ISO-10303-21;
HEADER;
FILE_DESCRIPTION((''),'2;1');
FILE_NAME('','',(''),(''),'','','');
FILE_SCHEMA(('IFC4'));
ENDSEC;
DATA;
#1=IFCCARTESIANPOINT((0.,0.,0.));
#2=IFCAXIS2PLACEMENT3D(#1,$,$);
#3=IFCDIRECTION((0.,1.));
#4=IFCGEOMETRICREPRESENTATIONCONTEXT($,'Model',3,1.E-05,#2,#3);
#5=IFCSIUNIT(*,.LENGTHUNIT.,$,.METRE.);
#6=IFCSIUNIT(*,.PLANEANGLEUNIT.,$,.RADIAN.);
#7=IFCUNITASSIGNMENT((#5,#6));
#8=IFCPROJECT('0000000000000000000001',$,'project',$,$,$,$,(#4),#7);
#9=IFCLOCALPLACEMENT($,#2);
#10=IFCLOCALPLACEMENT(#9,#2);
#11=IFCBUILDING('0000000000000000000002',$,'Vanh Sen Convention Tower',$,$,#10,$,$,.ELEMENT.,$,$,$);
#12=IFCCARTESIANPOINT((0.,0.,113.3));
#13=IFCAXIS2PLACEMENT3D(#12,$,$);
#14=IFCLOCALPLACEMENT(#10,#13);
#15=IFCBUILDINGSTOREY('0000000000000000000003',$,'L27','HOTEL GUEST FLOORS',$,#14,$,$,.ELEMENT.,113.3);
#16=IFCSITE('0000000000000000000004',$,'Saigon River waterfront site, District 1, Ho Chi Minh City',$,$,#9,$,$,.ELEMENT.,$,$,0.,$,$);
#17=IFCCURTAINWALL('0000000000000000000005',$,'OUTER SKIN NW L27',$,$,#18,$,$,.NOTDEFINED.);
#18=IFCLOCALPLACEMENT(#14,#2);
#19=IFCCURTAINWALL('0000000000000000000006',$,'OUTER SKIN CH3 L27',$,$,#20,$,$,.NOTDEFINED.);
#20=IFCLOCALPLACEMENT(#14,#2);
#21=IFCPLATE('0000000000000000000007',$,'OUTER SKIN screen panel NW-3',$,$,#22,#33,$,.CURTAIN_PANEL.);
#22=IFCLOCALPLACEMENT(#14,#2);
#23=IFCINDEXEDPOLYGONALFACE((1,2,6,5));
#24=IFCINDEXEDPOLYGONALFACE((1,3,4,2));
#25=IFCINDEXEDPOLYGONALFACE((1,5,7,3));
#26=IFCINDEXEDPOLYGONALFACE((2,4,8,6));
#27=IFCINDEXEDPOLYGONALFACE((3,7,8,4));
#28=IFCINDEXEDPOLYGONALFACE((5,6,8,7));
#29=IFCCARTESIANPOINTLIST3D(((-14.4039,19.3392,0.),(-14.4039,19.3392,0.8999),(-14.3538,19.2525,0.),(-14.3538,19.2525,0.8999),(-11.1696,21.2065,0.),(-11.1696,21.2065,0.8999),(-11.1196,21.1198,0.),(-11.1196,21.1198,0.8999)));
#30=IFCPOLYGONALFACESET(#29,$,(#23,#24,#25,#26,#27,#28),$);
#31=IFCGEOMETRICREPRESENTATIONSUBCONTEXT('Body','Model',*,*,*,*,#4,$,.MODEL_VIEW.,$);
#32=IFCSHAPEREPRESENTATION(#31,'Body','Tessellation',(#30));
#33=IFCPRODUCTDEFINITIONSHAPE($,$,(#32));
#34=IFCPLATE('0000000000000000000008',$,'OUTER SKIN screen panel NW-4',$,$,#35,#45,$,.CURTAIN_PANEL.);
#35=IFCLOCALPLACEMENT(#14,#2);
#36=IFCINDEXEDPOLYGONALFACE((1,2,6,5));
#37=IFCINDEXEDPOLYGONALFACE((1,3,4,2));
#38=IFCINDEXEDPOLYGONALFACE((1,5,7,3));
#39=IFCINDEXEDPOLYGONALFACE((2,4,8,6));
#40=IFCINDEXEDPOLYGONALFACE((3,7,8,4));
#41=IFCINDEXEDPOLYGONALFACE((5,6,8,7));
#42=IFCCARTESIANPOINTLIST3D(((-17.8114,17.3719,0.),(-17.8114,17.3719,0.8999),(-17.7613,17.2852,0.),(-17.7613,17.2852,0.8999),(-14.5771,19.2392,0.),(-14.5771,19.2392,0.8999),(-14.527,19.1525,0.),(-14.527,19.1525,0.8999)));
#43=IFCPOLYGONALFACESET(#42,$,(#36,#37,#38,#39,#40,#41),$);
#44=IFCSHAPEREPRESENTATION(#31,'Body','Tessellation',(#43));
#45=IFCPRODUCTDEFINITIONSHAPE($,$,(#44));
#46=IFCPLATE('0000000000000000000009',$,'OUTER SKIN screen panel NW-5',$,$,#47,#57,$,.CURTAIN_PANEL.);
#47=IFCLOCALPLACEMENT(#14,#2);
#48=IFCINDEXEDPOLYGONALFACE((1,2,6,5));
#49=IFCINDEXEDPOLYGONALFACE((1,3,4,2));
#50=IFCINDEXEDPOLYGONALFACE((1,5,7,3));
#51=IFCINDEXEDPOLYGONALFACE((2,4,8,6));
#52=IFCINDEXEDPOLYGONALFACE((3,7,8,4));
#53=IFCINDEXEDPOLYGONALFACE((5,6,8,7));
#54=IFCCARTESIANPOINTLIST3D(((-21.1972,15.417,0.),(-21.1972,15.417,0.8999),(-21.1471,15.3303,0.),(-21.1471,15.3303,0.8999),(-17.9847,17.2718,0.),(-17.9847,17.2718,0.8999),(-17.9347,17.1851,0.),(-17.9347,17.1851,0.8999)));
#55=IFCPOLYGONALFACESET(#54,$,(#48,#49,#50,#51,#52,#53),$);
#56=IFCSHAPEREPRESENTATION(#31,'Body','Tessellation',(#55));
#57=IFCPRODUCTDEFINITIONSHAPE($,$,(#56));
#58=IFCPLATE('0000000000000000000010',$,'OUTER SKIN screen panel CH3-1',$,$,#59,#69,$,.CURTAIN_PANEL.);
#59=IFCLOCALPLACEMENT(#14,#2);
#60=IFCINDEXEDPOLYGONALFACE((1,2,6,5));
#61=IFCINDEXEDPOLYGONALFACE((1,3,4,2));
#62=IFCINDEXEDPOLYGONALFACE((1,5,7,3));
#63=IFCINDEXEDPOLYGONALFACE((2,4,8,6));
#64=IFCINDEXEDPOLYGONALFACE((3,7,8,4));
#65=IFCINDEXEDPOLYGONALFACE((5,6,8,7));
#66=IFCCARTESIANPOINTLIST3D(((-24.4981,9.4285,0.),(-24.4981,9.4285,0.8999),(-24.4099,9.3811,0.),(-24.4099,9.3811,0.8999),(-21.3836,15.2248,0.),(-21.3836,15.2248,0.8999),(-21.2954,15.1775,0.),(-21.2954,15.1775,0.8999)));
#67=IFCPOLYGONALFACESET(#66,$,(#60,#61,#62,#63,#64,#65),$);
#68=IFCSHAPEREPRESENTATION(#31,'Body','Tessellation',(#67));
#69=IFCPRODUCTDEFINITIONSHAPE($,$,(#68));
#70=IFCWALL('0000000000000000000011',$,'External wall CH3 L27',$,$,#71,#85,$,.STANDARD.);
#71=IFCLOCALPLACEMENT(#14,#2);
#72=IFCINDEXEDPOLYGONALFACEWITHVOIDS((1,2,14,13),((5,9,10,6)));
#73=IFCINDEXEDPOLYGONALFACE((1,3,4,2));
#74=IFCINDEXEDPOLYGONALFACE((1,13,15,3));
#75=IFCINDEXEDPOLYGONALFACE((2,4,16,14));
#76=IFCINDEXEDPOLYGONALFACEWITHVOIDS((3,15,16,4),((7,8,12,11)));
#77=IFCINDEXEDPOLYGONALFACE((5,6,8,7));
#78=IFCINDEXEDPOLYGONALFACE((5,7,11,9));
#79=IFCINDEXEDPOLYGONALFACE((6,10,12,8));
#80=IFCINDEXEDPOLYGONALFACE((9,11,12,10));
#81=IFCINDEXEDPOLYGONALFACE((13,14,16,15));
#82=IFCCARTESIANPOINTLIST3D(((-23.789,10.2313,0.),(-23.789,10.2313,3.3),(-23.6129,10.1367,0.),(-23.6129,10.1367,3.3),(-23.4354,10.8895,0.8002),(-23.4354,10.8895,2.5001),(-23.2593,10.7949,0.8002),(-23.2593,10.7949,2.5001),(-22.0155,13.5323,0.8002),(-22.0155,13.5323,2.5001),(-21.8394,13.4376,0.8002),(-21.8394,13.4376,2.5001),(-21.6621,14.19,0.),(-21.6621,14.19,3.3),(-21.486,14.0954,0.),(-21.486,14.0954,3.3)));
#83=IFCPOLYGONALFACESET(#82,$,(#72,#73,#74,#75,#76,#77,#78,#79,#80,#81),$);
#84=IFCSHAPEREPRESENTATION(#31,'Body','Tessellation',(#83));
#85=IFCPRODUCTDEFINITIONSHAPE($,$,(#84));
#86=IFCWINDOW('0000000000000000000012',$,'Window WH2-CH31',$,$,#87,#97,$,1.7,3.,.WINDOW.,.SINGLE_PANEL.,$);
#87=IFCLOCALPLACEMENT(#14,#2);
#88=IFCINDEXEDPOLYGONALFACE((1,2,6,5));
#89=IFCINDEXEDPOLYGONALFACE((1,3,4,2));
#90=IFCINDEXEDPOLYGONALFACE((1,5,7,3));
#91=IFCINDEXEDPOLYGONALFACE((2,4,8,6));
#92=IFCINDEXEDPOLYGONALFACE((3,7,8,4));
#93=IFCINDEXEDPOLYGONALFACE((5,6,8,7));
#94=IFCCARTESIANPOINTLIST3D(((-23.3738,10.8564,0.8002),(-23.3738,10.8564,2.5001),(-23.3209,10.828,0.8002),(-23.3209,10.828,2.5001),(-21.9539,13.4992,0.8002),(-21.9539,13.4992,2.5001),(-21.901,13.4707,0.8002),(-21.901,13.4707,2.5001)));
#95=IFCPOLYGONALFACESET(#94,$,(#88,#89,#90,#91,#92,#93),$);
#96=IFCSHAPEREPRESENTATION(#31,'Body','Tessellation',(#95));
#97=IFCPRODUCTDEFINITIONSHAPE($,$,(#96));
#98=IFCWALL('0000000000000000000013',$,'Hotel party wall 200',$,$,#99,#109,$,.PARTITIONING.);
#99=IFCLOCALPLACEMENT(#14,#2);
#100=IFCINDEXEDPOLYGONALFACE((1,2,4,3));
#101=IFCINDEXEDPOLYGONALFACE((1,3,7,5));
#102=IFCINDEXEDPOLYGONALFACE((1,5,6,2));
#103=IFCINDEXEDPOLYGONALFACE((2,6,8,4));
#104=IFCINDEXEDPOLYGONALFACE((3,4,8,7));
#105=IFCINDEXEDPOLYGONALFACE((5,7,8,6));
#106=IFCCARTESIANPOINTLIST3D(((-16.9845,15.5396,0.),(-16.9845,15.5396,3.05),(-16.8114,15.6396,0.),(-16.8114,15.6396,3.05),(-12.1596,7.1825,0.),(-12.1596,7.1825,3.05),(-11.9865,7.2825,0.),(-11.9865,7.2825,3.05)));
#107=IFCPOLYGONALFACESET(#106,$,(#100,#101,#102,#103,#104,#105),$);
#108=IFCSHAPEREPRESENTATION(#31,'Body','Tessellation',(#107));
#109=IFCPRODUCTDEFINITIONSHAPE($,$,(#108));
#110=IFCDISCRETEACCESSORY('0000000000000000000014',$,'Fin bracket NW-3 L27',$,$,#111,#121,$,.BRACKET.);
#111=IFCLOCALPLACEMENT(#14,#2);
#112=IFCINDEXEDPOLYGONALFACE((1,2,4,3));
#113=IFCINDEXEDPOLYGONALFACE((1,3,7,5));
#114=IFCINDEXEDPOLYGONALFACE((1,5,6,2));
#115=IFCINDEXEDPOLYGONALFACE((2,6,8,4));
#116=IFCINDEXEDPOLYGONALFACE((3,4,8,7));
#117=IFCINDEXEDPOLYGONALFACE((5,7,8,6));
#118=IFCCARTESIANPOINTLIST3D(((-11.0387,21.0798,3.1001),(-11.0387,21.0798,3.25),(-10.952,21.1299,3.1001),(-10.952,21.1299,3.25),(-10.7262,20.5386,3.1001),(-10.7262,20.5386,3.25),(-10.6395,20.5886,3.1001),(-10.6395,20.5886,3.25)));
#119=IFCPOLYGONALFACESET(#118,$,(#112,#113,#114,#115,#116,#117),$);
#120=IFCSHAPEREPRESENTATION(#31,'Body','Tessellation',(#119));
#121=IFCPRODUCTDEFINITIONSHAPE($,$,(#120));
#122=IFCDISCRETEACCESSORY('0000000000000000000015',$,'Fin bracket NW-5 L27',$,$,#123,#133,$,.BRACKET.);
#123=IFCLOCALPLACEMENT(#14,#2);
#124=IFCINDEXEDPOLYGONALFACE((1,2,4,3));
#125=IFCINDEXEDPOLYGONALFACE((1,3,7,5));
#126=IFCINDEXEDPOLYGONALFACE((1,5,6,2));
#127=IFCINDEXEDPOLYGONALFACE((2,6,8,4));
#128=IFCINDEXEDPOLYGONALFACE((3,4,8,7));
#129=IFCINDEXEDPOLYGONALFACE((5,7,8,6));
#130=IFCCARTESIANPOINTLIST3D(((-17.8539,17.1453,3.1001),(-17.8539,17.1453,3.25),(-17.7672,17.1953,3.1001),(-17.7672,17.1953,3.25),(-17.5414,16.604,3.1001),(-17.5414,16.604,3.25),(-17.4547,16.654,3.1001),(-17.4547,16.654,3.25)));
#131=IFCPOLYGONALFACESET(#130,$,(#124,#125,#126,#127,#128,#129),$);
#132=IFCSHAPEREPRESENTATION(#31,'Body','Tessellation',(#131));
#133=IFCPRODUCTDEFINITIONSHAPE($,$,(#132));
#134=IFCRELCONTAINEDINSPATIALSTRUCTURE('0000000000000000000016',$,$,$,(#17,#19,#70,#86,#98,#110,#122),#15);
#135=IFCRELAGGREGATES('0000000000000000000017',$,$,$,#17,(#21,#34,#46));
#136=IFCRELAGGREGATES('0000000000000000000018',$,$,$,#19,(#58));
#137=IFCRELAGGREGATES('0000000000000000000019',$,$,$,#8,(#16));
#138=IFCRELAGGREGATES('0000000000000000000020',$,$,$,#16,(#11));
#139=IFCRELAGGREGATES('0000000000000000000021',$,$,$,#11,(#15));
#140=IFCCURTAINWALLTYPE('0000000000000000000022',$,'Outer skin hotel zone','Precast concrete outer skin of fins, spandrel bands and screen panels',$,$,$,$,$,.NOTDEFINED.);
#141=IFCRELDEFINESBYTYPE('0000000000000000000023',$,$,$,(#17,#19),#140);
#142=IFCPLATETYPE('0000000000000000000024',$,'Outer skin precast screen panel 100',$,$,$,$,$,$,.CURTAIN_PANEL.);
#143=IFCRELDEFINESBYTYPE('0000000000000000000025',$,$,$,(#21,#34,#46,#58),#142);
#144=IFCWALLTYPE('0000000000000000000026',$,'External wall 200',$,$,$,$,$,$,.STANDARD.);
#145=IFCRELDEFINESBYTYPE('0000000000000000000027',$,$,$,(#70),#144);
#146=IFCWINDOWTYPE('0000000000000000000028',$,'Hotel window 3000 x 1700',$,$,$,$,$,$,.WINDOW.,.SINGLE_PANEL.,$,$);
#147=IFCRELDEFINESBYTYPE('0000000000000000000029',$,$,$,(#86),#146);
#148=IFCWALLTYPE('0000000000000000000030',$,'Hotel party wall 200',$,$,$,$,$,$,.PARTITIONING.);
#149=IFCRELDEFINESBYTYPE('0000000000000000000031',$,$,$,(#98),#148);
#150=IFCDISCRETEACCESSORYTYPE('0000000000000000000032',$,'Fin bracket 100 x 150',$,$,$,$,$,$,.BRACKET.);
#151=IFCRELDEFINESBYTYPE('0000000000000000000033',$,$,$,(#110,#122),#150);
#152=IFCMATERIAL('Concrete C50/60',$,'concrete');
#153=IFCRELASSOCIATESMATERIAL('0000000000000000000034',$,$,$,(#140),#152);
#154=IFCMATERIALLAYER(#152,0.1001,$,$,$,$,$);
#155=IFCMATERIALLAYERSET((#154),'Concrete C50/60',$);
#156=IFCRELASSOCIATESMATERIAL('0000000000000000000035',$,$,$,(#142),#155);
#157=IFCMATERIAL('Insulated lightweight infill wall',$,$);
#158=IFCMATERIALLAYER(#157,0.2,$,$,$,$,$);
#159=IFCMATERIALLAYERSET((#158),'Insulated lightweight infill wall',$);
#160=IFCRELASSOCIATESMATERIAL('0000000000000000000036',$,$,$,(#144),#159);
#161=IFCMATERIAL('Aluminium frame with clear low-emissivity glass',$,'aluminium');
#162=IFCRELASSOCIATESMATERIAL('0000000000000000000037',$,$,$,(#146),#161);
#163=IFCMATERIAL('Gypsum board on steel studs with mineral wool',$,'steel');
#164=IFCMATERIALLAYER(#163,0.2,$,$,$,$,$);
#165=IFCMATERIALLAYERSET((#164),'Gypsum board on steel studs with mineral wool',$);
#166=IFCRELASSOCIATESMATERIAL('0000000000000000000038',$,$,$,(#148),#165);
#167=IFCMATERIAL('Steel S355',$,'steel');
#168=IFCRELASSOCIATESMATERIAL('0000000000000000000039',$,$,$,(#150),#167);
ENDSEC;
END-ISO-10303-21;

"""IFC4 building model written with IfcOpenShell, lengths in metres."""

from ifc_helpers import new_model, si_unit, direction, frame, frame_2d, origin, origin_2d, place, context, subcontext, project, spatial, rectangle, extrude, material, layer, layer_set, type_object, element, fill, aggregate, save


model = new_model("IFC4")

# Units and contexts
model_context = context("Model", 3, precision=1e-05, world=origin(), true_north=direction((0.0, 1.0)))
body_context = subcontext(model_context, "Body", "Model", "MODEL_VIEW")
ifc_project = project(units=[si_unit("LENGTHUNIT", "METRE"), si_unit("PLANEANGLEUNIT", "RADIAN")], contexts=[model_context])

# Site, building, storey
site_placement = place(None, origin())
site = spatial("IfcSite", under=ifc_project, at=site_placement, Name="Saigon River waterfront site, District 1, Ho Chi Minh City", CompositionType="ELEMENT", RefElevation=0.0)
building_placement = place(site_placement, origin())
building = spatial("IfcBuilding", under=site, at=building_placement, Name="Vanh Sen Convention Tower", CompositionType="ELEMENT")
storey_placement = place(building_placement, frame((0.0, 0.0, 113.3)))
storey = spatial("IfcBuildingStorey", under=building, at=storey_placement, Name="L27", Description="HOTEL GUEST FLOORS", CompositionType="ELEMENT", Elevation=113.3)

# Curtain wall
ifc_material_1 = material(Name="Concrete C50/60", Category="concrete")
curtain_wall_type = type_object("IfcCurtainWallType", Name="Outer skin hotel zone", Description="Precast concrete outer skin of fins, spandrel bands and screen panels", PredefinedType="NOTDEFINED", material=ifc_material_1)
curtain_wall_1_placement = place(storey_placement, origin())
curtain_wall_1 = element("IfcCurtainWall", 1, at=curtain_wall_1_placement, inside=storey, type_object=curtain_wall_type, Name="OUTER SKIN NW L27", PredefinedType="NOTDEFINED")

# Curtain wall
curtain_wall_2_placement = place(storey_placement, origin())
curtain_wall_2 = element("IfcCurtainWall", 2, at=curtain_wall_2_placement, inside=storey, type_object=curtain_wall_type, Name="OUTER SKIN CH3 L27", PredefinedType="NOTDEFINED")

# Plates
ifc_layer_1 = layer(ifc_material_1, 0.1001)
ifc_layer_set_1 = layer_set([ifc_layer_1], Name="Concrete C50/60")
plate_type = type_object("IfcPlateType", Name="Outer skin precast screen panel 100", PredefinedType="CURTAIN_PANEL", material=ifc_layer_set_1)
plate_1_placement = place(storey_placement, frame((-12.7617, 20.2295, 0.0), z_axis=(0.0, 0.0, 1.0), x_axis=(-0.866028, -0.499995, 0.0)))
plate_1 = element("IfcPlate", 3, at=plate_1_placement, type_object=plate_type, Name="OUTER SKIN screen panel NW-3", PredefinedType="CURTAIN_PANEL", context=body_context, shape_type="SweptSolid", body=[
    extrude(rectangle(XDim=3.7346, YDim=0.1001, at=origin_2d()), origin(), (0.0, 0.0, 1.0), 0.8999),
])
plate_2_placement = place(storey_placement, frame((-16.1692, 18.2622, 0.0), z_axis=(0.0, 0.0, 1.0), x_axis=(-0.866028, -0.499995, 0.0)))
plate_2 = element("IfcPlate", 4, at=plate_2_placement, type_object=plate_type, Name="OUTER SKIN screen panel NW-4", PredefinedType="CURTAIN_PANEL", context=body_context, shape_type="SweptSolid", body=[
    extrude(rectangle(XDim=3.7346, YDim=0.1001, at=origin_2d()), origin(), (0.0, 0.0, 1.0), 0.8999),
])
plate_3_placement = place(storey_placement, frame((-19.5659, 16.301, 0.0), z_axis=(0.0, 0.0, 1.0), x_axis=(-0.866021, -0.500008, 0.0)))
plate_3 = element("IfcPlate", 5, at=plate_3_placement, type_object=plate_type, Name="OUTER SKIN screen panel NW-5", PredefinedType="CURTAIN_PANEL", context=body_context, shape_type="SweptSolid", body=[
    extrude(rectangle(XDim=3.7095, YDim=0.1001, at=origin_2d()), origin(), (0.0, 0.0, 1.0), 0.8999),
])
aggregate(curtain_wall_1, [plate_1, plate_2, plate_3])
plate_4_placement = place(storey_placement, frame((-22.8967, 12.303, 0.0), z_axis=(0.0, 0.0, 1.0), x_axis=(-0.473318, -0.880892, 0.0)))
plate_4 = element("IfcPlate", 6, at=plate_4_placement, type_object=plate_type, Name="OUTER SKIN screen panel CH3-1", PredefinedType="CURTAIN_PANEL", context=body_context, shape_type="SweptSolid", body=[
    extrude(rectangle(XDim=6.5801, YDim=0.1001, at=origin_2d()), origin(), (0.0, 0.0, 1.0), 0.8999),
])
aggregate(curtain_wall_2, [plate_4])

# Wall, opening, window
ifc_material_2 = material(Name="Insulated lightweight infill wall")
ifc_layer_2 = layer(ifc_material_2, 0.2)
ifc_layer_set_2 = layer_set([ifc_layer_2], Name="Insulated lightweight infill wall")
wall_type_1 = type_object("IfcWallType", Name="External wall 200", PredefinedType="STANDARD", material=ifc_layer_set_2)
wall_1_placement = place(storey_placement, frame((-21.574, 14.1428, 0.0), z_axis=(0.0, 0.0, 1.0), x_axis=(-0.473293, -0.880905, 0.0)))
wall_1 = element("IfcWall", 7, at=wall_1_placement, inside=storey, type_object=wall_type_1, Name="External wall CH3 L27", PredefinedType="STANDARD", context=body_context, shape_type="SweptSolid", body=[
    extrude(rectangle(XDim=4.4939, YDim=0.2, at=frame_2d((2.2471, 0.0))), origin(), (0.0, 0.0, 1.0), 3.3),
])
opening_placement = place(wall_1_placement, frame((0.7468, 0.0, 0.8)))
opening = element("IfcOpeningElement", 8, at=opening_placement, cuts=wall_1, PredefinedType="OPENING", context=body_context, shape_type="SweptSolid", body=[
    extrude(rectangle(XDim=3.0, YDim=1.7, at=frame_2d((1.5, 0.8501))), frame((0.0, 0.1099, 0.0), z_axis=(0.0, -1.0, 0.0), x_axis=(1.0, 0.0, 0.0)), (0.0, 0.0, 1.0), 0.22),
])
ifc_material_3 = material(Name="Aluminium frame with clear low-emissivity glass", Category="aluminium")
window_type = type_object("IfcWindowType", Name="Hotel window 3000 x 1700", PartitioningType="SINGLE_PANEL", PredefinedType="WINDOW", material=ifc_material_3)
window_placement = place(opening_placement, origin())
window = element("IfcWindow", 9, at=window_placement, inside=storey, type_object=window_type, Name="Window WH2-CH31", OverallHeight=1.7, OverallWidth=3.0, PartitioningType="SINGLE_PANEL", PredefinedType="WINDOW", context=body_context, shape_type="SweptSolid", body=[
    extrude(rectangle(XDim=3.0, YDim=1.7, at=frame_2d((1.5, 0.8501))), frame((0.0, 0.03, 0.0), z_axis=(0.0, -1.0, 0.0), x_axis=(1.0, 0.0, 0.0)), (0.0, 0.0, 1.0), 0.0601),
])
fill(opening, window)

# Wall
ifc_material_4 = material(Name="Gypsum board on steel studs with mineral wool", Category="steel")
ifc_layer_3 = layer(ifc_material_4, 0.2)
ifc_layer_set_3 = layer_set([ifc_layer_3], Name="Gypsum board on steel studs with mineral wool")
wall_type_2 = type_object("IfcWallType", Name="Hotel party wall 200", PredefinedType="PARTITIONING", material=ifc_layer_set_3)
wall_2_placement = place(storey_placement, frame((-16.8979, 15.5896, 0.0), z_axis=(0.0, 0.0, 1.0), x_axis=(0.499995, -0.866028, 0.0)))
element("IfcWall", 10, at=wall_2_placement, inside=storey, type_object=wall_type_2, Name="Hotel party wall 200", PredefinedType="PARTITIONING", context=body_context, shape_type="SweptSolid", body=[
    extrude(rectangle(XDim=9.6499, YDim=0.2, at=frame_2d((4.825, 0.0))), origin(), (0.0, 0.0, 1.0), 3.05),
])

# Discrete accessories
ifc_material_5 = material(Name="Steel S355", Category="steel")
discrete_accessory_type = type_object("IfcDiscreteAccessoryType", Name="Fin bracket 100 x 150", PredefinedType="BRACKET", material=ifc_material_5)
for number, where, z_axis, x_axis, name in (
    (11, (-10.8391, 20.8342, 3.1001), (0.0, 0.0, 1.0), (-0.5, 0.866025, 0.0), "Fin bracket NW-3 L27"),
    (12, (-17.6543, 16.8997, 3.1001), (0.0, 0.0, 1.0), (-0.5, 0.866025, 0.0), "Fin bracket NW-5 L27"),
):
    element("IfcDiscreteAccessory", number, at=place(storey_placement, frame(where, z_axis=z_axis, x_axis=x_axis)), inside=storey, type_object=discrete_accessory_type, Name=name, PredefinedType="BRACKET", context=body_context, shape_type="SweptSolid", body=[
        extrude(rectangle(XDim=0.625, YDim=0.1001, at=origin_2d()), origin(), (0.0, 0.0, 1.0), 0.1499),
    ])

save(model, "model.ifc")
